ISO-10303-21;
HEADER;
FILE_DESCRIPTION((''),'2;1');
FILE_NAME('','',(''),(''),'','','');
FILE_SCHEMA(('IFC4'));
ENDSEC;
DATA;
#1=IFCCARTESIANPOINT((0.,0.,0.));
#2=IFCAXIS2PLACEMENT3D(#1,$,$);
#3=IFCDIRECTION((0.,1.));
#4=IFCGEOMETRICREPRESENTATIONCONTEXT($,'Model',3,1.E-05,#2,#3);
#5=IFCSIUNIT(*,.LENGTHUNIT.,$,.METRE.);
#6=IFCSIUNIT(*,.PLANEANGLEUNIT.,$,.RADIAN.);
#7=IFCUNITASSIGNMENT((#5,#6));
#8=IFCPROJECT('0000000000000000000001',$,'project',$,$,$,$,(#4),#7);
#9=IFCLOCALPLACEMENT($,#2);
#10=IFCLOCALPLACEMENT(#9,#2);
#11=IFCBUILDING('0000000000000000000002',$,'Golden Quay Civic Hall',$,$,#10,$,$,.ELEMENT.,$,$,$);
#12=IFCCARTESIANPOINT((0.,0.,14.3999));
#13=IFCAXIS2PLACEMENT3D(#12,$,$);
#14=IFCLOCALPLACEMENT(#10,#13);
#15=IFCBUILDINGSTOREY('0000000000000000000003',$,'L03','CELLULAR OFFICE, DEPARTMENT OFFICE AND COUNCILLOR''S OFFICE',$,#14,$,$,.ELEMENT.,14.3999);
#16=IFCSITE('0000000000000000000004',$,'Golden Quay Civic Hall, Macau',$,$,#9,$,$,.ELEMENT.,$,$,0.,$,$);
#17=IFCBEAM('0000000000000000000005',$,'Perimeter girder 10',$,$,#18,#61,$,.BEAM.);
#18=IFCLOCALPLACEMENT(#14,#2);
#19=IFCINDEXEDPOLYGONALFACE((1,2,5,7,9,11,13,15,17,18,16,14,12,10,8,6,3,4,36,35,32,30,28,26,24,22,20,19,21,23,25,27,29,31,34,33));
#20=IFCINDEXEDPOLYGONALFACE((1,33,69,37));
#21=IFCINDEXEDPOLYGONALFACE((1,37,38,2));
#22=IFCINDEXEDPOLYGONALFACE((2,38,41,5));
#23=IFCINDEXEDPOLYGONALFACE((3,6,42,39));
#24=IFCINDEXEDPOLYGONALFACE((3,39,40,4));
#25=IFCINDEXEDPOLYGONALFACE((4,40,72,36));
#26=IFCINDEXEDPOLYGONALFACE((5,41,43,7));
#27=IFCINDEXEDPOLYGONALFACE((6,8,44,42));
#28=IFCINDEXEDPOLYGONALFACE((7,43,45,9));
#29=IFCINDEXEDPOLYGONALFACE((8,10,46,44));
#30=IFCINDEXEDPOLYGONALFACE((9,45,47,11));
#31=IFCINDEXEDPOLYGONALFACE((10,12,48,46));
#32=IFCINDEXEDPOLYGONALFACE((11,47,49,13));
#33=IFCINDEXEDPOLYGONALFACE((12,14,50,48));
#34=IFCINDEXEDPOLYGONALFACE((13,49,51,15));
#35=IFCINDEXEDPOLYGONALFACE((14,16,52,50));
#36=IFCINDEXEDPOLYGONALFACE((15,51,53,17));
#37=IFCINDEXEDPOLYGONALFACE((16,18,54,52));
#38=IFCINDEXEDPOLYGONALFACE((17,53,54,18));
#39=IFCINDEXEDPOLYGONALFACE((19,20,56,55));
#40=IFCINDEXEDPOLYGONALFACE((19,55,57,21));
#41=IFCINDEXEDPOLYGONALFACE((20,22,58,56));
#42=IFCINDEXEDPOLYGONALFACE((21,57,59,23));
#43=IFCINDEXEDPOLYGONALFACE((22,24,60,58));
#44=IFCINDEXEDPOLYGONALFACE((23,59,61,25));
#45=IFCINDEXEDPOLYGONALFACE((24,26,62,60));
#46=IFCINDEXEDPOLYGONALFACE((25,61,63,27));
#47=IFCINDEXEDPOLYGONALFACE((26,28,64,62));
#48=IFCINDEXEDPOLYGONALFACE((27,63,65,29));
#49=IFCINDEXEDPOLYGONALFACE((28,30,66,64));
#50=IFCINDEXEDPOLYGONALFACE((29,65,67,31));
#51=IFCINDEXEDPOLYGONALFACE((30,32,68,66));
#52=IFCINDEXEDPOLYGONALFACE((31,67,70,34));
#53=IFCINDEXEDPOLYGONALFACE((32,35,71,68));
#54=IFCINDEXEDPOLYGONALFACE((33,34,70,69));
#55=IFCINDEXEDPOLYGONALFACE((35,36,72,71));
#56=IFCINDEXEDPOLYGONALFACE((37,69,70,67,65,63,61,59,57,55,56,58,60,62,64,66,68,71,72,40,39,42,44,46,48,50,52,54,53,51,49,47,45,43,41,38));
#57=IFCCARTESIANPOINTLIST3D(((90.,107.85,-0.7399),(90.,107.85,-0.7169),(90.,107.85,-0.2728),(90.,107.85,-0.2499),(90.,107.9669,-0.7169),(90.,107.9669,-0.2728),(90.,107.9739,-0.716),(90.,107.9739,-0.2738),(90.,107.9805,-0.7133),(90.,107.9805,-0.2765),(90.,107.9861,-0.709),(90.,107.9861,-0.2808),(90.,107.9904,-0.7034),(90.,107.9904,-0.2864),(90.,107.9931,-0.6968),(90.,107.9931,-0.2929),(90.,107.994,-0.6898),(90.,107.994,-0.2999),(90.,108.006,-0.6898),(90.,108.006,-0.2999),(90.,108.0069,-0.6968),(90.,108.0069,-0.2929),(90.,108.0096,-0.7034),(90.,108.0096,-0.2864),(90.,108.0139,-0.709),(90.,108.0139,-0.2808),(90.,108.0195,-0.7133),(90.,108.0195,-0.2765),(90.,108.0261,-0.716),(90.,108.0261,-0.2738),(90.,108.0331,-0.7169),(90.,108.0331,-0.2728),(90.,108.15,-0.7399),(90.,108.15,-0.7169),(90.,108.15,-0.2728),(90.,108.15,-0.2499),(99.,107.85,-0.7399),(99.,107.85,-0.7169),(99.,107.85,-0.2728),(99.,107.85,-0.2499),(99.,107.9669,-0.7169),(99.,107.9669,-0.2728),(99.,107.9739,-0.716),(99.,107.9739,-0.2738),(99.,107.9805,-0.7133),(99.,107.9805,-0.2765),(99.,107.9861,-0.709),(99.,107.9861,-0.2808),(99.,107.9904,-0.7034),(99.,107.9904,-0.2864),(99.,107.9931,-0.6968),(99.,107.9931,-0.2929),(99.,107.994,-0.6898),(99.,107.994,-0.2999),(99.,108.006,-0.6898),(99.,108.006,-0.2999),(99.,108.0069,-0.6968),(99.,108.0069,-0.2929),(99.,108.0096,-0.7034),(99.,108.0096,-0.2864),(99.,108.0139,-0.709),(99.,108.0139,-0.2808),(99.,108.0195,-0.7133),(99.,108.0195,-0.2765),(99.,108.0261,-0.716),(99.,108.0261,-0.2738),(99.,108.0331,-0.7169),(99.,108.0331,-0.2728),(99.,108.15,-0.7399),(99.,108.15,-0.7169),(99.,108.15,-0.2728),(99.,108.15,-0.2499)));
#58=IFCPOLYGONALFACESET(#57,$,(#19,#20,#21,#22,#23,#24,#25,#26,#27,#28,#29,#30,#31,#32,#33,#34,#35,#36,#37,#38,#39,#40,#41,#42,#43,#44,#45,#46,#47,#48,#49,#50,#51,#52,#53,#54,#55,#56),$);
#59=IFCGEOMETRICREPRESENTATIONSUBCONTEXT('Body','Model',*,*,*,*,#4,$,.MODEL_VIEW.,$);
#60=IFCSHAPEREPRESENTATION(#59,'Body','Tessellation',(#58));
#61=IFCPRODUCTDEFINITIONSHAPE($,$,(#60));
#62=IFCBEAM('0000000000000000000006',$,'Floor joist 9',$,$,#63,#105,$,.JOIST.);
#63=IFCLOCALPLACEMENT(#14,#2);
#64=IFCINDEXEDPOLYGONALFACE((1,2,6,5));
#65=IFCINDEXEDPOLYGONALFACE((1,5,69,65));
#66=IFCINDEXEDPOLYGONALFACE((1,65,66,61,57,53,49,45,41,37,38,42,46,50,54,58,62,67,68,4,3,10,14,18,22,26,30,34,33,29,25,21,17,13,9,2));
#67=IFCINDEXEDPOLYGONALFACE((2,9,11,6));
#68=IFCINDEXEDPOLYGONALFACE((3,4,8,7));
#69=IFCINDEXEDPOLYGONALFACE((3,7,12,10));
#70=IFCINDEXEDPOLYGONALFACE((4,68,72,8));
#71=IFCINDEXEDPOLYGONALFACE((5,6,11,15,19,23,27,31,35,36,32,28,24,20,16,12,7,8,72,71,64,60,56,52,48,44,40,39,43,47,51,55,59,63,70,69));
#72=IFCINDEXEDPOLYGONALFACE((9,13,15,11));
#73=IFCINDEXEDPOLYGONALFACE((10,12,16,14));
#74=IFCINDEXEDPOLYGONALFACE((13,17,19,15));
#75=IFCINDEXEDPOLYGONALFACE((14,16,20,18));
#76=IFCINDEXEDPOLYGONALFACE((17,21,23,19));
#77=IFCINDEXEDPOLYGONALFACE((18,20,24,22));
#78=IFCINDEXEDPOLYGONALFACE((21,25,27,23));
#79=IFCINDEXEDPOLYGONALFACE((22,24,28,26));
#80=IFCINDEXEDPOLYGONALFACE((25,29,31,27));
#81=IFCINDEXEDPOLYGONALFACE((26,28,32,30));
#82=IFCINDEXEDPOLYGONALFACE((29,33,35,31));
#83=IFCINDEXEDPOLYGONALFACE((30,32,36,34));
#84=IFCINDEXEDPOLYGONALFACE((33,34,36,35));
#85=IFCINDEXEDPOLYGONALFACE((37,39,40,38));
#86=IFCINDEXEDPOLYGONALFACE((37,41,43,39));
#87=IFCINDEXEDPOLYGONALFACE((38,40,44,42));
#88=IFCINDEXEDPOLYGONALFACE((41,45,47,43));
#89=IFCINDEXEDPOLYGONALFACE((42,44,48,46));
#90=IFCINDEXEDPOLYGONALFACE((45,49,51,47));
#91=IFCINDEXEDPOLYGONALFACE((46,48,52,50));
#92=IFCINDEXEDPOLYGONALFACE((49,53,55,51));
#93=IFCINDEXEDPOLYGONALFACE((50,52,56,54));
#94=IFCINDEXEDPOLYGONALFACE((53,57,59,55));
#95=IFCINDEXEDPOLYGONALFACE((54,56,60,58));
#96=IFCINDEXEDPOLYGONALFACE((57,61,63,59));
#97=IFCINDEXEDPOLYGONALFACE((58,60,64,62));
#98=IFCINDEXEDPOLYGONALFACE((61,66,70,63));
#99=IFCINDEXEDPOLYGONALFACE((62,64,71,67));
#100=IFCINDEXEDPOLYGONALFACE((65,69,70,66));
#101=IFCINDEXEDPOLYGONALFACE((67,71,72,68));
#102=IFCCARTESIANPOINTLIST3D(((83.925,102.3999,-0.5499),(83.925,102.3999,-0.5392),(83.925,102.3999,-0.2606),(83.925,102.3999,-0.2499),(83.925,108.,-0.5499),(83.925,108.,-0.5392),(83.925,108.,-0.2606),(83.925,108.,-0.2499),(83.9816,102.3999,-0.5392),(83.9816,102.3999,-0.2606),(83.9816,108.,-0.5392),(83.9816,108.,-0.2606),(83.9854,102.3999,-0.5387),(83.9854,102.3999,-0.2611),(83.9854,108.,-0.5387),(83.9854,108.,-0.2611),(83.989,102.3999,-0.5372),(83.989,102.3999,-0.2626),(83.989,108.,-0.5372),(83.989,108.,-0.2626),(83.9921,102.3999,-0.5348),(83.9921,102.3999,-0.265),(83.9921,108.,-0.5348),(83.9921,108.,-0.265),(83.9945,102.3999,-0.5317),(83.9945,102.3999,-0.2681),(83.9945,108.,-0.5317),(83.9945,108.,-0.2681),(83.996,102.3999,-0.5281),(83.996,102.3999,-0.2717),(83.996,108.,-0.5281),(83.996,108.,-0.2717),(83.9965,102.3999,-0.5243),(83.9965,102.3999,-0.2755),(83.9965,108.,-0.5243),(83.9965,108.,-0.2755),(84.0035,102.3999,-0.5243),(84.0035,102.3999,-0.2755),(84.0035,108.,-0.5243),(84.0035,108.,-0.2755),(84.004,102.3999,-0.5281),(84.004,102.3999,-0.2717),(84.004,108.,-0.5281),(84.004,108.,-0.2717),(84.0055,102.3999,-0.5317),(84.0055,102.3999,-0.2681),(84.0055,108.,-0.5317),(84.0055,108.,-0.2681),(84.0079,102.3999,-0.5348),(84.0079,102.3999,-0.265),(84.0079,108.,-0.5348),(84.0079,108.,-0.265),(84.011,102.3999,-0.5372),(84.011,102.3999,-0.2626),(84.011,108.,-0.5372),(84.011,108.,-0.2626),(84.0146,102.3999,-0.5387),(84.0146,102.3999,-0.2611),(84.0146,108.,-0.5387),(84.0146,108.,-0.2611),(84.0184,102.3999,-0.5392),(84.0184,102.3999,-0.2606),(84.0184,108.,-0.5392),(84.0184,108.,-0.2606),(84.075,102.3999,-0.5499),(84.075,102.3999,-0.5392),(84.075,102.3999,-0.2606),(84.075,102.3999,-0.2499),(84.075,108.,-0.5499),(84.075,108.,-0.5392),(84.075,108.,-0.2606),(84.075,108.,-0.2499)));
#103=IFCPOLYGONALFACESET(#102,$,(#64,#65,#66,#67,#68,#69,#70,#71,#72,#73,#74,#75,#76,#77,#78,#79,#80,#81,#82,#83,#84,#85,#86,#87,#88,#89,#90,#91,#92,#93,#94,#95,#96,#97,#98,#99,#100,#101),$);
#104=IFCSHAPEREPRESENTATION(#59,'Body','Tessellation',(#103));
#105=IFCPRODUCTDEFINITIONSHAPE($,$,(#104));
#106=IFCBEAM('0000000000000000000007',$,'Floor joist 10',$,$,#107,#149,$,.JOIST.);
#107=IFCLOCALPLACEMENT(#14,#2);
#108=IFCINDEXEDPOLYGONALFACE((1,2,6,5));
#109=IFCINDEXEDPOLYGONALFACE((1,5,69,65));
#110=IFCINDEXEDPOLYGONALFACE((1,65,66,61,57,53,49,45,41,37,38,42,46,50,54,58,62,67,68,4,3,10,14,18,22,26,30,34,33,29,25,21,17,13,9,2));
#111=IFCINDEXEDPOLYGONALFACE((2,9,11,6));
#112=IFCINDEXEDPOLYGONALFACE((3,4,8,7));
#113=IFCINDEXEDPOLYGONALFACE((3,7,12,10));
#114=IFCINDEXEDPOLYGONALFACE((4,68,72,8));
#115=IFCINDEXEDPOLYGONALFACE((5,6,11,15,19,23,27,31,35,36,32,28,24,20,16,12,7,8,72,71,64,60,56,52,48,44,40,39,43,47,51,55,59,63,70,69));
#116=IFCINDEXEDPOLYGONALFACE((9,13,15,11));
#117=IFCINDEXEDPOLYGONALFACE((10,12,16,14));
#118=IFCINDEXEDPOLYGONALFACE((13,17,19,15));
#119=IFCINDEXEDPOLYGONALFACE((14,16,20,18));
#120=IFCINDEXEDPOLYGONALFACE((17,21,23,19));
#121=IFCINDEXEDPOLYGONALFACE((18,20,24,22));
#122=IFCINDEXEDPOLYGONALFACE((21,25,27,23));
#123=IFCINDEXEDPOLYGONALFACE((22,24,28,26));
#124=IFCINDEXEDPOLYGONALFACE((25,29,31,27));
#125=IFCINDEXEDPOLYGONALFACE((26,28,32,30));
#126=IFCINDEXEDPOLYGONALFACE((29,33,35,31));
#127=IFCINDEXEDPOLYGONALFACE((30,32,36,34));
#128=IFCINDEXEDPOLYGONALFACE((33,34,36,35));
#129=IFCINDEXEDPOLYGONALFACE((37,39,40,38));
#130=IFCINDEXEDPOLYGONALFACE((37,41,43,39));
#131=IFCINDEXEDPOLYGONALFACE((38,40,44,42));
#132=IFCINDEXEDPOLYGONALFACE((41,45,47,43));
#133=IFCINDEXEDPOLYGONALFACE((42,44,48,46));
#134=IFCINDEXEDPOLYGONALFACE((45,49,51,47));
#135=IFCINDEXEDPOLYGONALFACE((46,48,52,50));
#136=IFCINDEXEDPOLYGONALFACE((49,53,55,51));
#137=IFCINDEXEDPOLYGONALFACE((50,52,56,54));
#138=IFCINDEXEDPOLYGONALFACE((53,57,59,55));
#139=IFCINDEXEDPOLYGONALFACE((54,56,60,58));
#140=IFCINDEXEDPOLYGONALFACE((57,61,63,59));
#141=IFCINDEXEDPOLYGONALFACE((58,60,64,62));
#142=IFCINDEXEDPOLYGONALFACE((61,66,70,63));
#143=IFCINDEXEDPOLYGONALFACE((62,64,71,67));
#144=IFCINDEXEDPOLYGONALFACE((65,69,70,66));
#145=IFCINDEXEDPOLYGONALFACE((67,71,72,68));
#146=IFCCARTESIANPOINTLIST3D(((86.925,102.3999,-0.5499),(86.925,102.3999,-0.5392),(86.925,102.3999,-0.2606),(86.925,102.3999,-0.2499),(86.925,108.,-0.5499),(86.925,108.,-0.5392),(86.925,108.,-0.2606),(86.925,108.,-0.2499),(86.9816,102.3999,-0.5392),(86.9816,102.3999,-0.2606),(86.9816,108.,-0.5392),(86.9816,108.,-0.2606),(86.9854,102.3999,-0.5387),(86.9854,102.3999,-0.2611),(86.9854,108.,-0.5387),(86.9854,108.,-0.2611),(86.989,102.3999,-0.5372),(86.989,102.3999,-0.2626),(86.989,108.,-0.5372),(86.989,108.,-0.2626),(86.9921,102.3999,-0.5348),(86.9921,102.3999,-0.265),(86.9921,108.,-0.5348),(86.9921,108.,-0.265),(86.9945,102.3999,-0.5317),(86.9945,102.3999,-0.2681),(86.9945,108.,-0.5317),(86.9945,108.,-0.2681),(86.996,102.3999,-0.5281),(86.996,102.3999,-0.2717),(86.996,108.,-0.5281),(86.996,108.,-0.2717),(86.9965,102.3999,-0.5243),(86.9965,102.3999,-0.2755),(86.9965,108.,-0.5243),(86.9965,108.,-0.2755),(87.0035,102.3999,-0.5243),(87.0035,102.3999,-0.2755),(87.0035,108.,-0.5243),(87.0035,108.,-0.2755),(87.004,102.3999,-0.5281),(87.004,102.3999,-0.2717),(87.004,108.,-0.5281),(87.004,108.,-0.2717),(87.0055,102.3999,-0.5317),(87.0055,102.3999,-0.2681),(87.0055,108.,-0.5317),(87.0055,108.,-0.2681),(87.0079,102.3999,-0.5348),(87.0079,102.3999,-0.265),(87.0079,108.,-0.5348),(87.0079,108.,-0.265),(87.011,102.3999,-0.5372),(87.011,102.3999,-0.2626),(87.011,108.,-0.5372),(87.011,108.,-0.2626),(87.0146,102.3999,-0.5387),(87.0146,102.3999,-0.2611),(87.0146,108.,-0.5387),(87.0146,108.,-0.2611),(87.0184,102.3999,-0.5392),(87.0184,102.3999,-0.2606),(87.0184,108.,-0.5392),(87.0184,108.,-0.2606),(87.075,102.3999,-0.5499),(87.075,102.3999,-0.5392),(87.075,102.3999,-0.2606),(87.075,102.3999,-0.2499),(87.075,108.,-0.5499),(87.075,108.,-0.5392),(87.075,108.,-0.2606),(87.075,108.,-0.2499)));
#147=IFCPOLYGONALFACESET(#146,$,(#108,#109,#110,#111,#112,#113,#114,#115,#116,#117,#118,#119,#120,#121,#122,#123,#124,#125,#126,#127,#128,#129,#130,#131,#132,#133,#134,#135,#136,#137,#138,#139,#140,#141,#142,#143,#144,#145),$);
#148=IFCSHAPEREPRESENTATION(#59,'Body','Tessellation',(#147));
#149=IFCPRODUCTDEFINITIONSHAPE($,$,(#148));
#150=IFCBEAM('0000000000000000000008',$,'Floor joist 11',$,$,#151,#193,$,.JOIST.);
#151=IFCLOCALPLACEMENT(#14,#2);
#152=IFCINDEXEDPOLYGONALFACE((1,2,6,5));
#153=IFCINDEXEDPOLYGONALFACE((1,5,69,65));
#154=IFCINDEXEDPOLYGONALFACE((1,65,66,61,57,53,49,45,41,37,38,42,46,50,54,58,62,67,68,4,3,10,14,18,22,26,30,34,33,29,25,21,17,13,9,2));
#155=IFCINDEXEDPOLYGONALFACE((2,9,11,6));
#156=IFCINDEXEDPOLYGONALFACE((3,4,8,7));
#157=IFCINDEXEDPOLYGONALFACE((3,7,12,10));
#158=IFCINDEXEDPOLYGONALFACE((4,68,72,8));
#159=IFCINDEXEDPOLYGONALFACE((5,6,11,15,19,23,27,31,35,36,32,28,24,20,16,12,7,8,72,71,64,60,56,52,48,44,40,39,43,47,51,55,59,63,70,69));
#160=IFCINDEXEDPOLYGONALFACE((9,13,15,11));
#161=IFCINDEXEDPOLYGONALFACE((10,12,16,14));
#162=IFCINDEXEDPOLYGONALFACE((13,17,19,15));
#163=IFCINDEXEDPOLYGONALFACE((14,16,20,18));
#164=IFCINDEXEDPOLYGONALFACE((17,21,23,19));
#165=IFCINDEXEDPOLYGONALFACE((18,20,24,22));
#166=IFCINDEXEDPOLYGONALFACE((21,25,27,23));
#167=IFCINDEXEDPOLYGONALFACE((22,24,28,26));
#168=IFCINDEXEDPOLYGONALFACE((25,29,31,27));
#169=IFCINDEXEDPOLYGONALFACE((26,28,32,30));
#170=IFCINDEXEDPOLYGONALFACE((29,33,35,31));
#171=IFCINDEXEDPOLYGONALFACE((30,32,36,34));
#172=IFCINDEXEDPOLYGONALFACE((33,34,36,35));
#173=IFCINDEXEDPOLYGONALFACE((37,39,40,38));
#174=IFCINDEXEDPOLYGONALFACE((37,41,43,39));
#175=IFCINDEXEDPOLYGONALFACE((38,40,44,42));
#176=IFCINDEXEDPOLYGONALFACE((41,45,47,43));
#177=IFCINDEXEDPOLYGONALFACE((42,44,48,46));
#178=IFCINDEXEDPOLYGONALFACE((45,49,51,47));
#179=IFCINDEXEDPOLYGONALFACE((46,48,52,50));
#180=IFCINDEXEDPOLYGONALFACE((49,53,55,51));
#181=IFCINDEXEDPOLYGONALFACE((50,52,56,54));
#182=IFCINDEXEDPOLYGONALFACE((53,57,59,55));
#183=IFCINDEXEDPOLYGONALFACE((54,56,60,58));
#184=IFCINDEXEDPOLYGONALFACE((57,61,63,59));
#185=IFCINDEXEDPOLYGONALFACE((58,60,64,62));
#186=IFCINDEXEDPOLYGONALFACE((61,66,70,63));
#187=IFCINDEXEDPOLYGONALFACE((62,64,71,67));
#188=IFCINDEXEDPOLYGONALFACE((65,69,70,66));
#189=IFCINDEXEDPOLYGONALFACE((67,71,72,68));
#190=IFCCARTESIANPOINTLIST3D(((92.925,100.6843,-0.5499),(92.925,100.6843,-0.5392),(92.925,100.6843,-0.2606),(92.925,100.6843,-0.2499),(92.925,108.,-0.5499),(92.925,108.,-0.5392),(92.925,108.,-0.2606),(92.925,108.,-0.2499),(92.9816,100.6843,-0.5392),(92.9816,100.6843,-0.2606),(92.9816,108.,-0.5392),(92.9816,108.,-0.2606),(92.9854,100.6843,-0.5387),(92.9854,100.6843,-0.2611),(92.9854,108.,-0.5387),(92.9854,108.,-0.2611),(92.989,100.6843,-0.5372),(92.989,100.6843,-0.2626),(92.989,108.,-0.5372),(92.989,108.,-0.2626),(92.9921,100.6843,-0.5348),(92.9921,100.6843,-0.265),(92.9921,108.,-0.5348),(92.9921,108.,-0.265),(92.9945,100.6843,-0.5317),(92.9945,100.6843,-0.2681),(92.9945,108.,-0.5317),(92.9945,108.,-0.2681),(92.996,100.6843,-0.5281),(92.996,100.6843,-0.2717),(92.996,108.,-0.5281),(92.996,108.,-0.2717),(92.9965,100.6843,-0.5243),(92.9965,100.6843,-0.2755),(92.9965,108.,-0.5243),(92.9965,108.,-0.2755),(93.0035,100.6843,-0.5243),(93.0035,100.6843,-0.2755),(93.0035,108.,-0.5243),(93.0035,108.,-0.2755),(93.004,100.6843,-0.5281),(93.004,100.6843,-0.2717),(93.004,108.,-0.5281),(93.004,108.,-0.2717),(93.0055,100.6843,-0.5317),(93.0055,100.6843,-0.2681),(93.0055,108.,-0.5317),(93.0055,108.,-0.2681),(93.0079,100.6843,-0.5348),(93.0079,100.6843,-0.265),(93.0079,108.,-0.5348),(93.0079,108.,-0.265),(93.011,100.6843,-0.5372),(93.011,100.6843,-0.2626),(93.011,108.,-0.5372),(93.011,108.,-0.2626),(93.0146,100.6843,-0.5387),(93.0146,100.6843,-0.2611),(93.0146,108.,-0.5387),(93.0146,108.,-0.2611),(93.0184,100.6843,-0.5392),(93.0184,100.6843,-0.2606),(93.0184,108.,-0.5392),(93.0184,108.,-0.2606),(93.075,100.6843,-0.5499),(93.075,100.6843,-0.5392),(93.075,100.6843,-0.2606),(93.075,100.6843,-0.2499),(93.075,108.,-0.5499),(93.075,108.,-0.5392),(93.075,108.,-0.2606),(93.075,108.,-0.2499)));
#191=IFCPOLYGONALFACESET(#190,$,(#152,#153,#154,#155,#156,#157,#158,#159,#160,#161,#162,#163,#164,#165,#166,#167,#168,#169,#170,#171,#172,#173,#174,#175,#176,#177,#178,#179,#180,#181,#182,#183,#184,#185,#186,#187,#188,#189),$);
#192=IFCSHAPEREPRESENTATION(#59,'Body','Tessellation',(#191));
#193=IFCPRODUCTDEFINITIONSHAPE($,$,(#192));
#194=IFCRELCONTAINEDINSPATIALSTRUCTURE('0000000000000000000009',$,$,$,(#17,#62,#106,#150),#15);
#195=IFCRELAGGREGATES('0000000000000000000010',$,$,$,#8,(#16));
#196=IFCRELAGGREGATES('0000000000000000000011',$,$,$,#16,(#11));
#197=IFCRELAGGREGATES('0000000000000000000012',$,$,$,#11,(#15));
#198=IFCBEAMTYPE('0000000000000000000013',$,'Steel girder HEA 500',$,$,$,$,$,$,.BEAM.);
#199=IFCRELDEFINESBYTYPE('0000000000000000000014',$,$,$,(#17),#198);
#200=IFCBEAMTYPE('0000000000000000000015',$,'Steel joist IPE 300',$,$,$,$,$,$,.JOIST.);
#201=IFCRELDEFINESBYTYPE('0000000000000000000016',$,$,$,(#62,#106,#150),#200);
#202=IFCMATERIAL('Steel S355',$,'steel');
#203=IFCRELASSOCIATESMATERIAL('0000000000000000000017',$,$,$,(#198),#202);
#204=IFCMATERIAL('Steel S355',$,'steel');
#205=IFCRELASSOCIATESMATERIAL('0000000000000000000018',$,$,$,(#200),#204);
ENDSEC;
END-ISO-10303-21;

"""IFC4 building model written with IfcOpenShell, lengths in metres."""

from ifc_helpers import new_model, si_unit, direction, frame, origin, origin_2d, place, context, subcontext, project, spatial, i_section, extrude, material, material_profile, profile_set, type_object, element, save


model = new_model("IFC4")

# Units and contexts
model_context = context("Model", 3, precision=1e-05, world=origin(), true_north=direction((0.0, 1.0)))
body_context = subcontext(model_context, "Body", "Model", "MODEL_VIEW")
ifc_project = project(units=[si_unit("LENGTHUNIT", "METRE"), si_unit("PLANEANGLEUNIT", "RADIAN")], contexts=[model_context])

# Site, building, storey
site_placement = place(None, origin())
site = spatial("IfcSite", under=ifc_project, at=site_placement, Name="Golden Quay Civic Hall, Macau", CompositionType="ELEMENT", RefElevation=0.0)
building_placement = place(site_placement, origin())
building = spatial("IfcBuilding", under=site, at=building_placement, Name="Golden Quay Civic Hall", CompositionType="ELEMENT")
storey_placement = place(building_placement, frame((0.0, 0.0, 14.3999)))
storey = spatial("IfcBuildingStorey", under=building, at=storey_placement, Name="L03", Description="CELLULAR OFFICE, DEPARTMENT OFFICE AND COUNCILLOR'S OFFICE", CompositionType="ELEMENT", Elevation=14.3999)

# Beams
ifc_material_1 = material(Name="Steel S355", Category="steel")
ifc_material_profile_1 = material_profile(ifc_material_1, i_section(OverallWidth=0.3, OverallDepth=0.49, WebThickness=0.012, FlangeThickness=0.0229, FilletRadius=0.0271, at=origin_2d()), Name="HEA 500")
ifc_profile_set_1 = profile_set([ifc_material_profile_1], Name="Steel S355")
beam_type_1 = type_object("IfcBeamType", Name="Steel girder HEA 500", PredefinedType="BEAM", material=ifc_profile_set_1)
beam_1_placement = place(storey_placement, frame((90.0, 108.0, -0.4949), z_axis=(1.0, 0.0, 0.0), x_axis=(0.0, 1.0, 0.0)))
element("IfcBeam", 1, at=beam_1_placement, inside=storey, type_object=beam_type_1, Name="Perimeter girder 10", PredefinedType="BEAM", context=body_context, shape_type="SweptSolid", body=[
    extrude(i_section(OverallWidth=0.3, OverallDepth=0.49, WebThickness=0.012, FlangeThickness=0.0229, FilletRadius=0.0271, at=origin_2d()), origin(), (0.0, 0.0, 1.0), 9.0),
])
ifc_material_2 = material(Name="Steel S355", Category="steel")
ifc_material_profile_2 = material_profile(ifc_material_2, i_section(OverallWidth=0.1499, OverallDepth=0.3, WebThickness=0.0071, FlangeThickness=0.0107, FilletRadius=0.0149, at=origin_2d()), Name="IPE 300")
ifc_profile_set_2 = profile_set([ifc_material_profile_2], Name="Steel S355")
beam_type_2 = type_object("IfcBeamType", Name="Steel joist IPE 300", PredefinedType="JOIST", material=ifc_profile_set_2)
for number, where, z_axis, x_axis, name in (
    (2, (84.0, 108.0, -0.3999), (0.0, -1.0, 0.0), (1.0, 0.0, 0.0), "Floor joist 9"),
    (3, (87.0, 108.0, -0.3999), (0.0, -1.0, 0.0), (1.0, 0.0, 0.0), "Floor joist 10"),
):
    element("IfcBeam", number, at=place(storey_placement, frame(where, z_axis=z_axis, x_axis=x_axis)), inside=storey, type_object=beam_type_2, Name=name, PredefinedType="JOIST", context=body_context, shape_type="SweptSolid", body=[
        extrude(i_section(OverallWidth=0.1499, OverallDepth=0.3, WebThickness=0.0071, FlangeThickness=0.0107, FilletRadius=0.0149, at=origin_2d()), origin(), (0.0, 0.0, 1.0), 5.6001),
    ])
beam_2_placement = place(storey_placement, frame((93.0, 108.0, -0.3999), z_axis=(0.0, -1.0, 0.0), x_axis=(1.0, 0.0, 0.0)))
element("IfcBeam", 4, at=beam_2_placement, inside=storey, type_object=beam_type_2, Name="Floor joist 11", PredefinedType="JOIST", context=body_context, shape_type="SweptSolid", body=[
    extrude(i_section(OverallWidth=0.1499, OverallDepth=0.3, WebThickness=0.0071, FlangeThickness=0.0107, FilletRadius=0.0149, at=origin_2d()), origin(), (0.0, 0.0, 1.0), 7.3157),
])

save(model, "model.ifc")
